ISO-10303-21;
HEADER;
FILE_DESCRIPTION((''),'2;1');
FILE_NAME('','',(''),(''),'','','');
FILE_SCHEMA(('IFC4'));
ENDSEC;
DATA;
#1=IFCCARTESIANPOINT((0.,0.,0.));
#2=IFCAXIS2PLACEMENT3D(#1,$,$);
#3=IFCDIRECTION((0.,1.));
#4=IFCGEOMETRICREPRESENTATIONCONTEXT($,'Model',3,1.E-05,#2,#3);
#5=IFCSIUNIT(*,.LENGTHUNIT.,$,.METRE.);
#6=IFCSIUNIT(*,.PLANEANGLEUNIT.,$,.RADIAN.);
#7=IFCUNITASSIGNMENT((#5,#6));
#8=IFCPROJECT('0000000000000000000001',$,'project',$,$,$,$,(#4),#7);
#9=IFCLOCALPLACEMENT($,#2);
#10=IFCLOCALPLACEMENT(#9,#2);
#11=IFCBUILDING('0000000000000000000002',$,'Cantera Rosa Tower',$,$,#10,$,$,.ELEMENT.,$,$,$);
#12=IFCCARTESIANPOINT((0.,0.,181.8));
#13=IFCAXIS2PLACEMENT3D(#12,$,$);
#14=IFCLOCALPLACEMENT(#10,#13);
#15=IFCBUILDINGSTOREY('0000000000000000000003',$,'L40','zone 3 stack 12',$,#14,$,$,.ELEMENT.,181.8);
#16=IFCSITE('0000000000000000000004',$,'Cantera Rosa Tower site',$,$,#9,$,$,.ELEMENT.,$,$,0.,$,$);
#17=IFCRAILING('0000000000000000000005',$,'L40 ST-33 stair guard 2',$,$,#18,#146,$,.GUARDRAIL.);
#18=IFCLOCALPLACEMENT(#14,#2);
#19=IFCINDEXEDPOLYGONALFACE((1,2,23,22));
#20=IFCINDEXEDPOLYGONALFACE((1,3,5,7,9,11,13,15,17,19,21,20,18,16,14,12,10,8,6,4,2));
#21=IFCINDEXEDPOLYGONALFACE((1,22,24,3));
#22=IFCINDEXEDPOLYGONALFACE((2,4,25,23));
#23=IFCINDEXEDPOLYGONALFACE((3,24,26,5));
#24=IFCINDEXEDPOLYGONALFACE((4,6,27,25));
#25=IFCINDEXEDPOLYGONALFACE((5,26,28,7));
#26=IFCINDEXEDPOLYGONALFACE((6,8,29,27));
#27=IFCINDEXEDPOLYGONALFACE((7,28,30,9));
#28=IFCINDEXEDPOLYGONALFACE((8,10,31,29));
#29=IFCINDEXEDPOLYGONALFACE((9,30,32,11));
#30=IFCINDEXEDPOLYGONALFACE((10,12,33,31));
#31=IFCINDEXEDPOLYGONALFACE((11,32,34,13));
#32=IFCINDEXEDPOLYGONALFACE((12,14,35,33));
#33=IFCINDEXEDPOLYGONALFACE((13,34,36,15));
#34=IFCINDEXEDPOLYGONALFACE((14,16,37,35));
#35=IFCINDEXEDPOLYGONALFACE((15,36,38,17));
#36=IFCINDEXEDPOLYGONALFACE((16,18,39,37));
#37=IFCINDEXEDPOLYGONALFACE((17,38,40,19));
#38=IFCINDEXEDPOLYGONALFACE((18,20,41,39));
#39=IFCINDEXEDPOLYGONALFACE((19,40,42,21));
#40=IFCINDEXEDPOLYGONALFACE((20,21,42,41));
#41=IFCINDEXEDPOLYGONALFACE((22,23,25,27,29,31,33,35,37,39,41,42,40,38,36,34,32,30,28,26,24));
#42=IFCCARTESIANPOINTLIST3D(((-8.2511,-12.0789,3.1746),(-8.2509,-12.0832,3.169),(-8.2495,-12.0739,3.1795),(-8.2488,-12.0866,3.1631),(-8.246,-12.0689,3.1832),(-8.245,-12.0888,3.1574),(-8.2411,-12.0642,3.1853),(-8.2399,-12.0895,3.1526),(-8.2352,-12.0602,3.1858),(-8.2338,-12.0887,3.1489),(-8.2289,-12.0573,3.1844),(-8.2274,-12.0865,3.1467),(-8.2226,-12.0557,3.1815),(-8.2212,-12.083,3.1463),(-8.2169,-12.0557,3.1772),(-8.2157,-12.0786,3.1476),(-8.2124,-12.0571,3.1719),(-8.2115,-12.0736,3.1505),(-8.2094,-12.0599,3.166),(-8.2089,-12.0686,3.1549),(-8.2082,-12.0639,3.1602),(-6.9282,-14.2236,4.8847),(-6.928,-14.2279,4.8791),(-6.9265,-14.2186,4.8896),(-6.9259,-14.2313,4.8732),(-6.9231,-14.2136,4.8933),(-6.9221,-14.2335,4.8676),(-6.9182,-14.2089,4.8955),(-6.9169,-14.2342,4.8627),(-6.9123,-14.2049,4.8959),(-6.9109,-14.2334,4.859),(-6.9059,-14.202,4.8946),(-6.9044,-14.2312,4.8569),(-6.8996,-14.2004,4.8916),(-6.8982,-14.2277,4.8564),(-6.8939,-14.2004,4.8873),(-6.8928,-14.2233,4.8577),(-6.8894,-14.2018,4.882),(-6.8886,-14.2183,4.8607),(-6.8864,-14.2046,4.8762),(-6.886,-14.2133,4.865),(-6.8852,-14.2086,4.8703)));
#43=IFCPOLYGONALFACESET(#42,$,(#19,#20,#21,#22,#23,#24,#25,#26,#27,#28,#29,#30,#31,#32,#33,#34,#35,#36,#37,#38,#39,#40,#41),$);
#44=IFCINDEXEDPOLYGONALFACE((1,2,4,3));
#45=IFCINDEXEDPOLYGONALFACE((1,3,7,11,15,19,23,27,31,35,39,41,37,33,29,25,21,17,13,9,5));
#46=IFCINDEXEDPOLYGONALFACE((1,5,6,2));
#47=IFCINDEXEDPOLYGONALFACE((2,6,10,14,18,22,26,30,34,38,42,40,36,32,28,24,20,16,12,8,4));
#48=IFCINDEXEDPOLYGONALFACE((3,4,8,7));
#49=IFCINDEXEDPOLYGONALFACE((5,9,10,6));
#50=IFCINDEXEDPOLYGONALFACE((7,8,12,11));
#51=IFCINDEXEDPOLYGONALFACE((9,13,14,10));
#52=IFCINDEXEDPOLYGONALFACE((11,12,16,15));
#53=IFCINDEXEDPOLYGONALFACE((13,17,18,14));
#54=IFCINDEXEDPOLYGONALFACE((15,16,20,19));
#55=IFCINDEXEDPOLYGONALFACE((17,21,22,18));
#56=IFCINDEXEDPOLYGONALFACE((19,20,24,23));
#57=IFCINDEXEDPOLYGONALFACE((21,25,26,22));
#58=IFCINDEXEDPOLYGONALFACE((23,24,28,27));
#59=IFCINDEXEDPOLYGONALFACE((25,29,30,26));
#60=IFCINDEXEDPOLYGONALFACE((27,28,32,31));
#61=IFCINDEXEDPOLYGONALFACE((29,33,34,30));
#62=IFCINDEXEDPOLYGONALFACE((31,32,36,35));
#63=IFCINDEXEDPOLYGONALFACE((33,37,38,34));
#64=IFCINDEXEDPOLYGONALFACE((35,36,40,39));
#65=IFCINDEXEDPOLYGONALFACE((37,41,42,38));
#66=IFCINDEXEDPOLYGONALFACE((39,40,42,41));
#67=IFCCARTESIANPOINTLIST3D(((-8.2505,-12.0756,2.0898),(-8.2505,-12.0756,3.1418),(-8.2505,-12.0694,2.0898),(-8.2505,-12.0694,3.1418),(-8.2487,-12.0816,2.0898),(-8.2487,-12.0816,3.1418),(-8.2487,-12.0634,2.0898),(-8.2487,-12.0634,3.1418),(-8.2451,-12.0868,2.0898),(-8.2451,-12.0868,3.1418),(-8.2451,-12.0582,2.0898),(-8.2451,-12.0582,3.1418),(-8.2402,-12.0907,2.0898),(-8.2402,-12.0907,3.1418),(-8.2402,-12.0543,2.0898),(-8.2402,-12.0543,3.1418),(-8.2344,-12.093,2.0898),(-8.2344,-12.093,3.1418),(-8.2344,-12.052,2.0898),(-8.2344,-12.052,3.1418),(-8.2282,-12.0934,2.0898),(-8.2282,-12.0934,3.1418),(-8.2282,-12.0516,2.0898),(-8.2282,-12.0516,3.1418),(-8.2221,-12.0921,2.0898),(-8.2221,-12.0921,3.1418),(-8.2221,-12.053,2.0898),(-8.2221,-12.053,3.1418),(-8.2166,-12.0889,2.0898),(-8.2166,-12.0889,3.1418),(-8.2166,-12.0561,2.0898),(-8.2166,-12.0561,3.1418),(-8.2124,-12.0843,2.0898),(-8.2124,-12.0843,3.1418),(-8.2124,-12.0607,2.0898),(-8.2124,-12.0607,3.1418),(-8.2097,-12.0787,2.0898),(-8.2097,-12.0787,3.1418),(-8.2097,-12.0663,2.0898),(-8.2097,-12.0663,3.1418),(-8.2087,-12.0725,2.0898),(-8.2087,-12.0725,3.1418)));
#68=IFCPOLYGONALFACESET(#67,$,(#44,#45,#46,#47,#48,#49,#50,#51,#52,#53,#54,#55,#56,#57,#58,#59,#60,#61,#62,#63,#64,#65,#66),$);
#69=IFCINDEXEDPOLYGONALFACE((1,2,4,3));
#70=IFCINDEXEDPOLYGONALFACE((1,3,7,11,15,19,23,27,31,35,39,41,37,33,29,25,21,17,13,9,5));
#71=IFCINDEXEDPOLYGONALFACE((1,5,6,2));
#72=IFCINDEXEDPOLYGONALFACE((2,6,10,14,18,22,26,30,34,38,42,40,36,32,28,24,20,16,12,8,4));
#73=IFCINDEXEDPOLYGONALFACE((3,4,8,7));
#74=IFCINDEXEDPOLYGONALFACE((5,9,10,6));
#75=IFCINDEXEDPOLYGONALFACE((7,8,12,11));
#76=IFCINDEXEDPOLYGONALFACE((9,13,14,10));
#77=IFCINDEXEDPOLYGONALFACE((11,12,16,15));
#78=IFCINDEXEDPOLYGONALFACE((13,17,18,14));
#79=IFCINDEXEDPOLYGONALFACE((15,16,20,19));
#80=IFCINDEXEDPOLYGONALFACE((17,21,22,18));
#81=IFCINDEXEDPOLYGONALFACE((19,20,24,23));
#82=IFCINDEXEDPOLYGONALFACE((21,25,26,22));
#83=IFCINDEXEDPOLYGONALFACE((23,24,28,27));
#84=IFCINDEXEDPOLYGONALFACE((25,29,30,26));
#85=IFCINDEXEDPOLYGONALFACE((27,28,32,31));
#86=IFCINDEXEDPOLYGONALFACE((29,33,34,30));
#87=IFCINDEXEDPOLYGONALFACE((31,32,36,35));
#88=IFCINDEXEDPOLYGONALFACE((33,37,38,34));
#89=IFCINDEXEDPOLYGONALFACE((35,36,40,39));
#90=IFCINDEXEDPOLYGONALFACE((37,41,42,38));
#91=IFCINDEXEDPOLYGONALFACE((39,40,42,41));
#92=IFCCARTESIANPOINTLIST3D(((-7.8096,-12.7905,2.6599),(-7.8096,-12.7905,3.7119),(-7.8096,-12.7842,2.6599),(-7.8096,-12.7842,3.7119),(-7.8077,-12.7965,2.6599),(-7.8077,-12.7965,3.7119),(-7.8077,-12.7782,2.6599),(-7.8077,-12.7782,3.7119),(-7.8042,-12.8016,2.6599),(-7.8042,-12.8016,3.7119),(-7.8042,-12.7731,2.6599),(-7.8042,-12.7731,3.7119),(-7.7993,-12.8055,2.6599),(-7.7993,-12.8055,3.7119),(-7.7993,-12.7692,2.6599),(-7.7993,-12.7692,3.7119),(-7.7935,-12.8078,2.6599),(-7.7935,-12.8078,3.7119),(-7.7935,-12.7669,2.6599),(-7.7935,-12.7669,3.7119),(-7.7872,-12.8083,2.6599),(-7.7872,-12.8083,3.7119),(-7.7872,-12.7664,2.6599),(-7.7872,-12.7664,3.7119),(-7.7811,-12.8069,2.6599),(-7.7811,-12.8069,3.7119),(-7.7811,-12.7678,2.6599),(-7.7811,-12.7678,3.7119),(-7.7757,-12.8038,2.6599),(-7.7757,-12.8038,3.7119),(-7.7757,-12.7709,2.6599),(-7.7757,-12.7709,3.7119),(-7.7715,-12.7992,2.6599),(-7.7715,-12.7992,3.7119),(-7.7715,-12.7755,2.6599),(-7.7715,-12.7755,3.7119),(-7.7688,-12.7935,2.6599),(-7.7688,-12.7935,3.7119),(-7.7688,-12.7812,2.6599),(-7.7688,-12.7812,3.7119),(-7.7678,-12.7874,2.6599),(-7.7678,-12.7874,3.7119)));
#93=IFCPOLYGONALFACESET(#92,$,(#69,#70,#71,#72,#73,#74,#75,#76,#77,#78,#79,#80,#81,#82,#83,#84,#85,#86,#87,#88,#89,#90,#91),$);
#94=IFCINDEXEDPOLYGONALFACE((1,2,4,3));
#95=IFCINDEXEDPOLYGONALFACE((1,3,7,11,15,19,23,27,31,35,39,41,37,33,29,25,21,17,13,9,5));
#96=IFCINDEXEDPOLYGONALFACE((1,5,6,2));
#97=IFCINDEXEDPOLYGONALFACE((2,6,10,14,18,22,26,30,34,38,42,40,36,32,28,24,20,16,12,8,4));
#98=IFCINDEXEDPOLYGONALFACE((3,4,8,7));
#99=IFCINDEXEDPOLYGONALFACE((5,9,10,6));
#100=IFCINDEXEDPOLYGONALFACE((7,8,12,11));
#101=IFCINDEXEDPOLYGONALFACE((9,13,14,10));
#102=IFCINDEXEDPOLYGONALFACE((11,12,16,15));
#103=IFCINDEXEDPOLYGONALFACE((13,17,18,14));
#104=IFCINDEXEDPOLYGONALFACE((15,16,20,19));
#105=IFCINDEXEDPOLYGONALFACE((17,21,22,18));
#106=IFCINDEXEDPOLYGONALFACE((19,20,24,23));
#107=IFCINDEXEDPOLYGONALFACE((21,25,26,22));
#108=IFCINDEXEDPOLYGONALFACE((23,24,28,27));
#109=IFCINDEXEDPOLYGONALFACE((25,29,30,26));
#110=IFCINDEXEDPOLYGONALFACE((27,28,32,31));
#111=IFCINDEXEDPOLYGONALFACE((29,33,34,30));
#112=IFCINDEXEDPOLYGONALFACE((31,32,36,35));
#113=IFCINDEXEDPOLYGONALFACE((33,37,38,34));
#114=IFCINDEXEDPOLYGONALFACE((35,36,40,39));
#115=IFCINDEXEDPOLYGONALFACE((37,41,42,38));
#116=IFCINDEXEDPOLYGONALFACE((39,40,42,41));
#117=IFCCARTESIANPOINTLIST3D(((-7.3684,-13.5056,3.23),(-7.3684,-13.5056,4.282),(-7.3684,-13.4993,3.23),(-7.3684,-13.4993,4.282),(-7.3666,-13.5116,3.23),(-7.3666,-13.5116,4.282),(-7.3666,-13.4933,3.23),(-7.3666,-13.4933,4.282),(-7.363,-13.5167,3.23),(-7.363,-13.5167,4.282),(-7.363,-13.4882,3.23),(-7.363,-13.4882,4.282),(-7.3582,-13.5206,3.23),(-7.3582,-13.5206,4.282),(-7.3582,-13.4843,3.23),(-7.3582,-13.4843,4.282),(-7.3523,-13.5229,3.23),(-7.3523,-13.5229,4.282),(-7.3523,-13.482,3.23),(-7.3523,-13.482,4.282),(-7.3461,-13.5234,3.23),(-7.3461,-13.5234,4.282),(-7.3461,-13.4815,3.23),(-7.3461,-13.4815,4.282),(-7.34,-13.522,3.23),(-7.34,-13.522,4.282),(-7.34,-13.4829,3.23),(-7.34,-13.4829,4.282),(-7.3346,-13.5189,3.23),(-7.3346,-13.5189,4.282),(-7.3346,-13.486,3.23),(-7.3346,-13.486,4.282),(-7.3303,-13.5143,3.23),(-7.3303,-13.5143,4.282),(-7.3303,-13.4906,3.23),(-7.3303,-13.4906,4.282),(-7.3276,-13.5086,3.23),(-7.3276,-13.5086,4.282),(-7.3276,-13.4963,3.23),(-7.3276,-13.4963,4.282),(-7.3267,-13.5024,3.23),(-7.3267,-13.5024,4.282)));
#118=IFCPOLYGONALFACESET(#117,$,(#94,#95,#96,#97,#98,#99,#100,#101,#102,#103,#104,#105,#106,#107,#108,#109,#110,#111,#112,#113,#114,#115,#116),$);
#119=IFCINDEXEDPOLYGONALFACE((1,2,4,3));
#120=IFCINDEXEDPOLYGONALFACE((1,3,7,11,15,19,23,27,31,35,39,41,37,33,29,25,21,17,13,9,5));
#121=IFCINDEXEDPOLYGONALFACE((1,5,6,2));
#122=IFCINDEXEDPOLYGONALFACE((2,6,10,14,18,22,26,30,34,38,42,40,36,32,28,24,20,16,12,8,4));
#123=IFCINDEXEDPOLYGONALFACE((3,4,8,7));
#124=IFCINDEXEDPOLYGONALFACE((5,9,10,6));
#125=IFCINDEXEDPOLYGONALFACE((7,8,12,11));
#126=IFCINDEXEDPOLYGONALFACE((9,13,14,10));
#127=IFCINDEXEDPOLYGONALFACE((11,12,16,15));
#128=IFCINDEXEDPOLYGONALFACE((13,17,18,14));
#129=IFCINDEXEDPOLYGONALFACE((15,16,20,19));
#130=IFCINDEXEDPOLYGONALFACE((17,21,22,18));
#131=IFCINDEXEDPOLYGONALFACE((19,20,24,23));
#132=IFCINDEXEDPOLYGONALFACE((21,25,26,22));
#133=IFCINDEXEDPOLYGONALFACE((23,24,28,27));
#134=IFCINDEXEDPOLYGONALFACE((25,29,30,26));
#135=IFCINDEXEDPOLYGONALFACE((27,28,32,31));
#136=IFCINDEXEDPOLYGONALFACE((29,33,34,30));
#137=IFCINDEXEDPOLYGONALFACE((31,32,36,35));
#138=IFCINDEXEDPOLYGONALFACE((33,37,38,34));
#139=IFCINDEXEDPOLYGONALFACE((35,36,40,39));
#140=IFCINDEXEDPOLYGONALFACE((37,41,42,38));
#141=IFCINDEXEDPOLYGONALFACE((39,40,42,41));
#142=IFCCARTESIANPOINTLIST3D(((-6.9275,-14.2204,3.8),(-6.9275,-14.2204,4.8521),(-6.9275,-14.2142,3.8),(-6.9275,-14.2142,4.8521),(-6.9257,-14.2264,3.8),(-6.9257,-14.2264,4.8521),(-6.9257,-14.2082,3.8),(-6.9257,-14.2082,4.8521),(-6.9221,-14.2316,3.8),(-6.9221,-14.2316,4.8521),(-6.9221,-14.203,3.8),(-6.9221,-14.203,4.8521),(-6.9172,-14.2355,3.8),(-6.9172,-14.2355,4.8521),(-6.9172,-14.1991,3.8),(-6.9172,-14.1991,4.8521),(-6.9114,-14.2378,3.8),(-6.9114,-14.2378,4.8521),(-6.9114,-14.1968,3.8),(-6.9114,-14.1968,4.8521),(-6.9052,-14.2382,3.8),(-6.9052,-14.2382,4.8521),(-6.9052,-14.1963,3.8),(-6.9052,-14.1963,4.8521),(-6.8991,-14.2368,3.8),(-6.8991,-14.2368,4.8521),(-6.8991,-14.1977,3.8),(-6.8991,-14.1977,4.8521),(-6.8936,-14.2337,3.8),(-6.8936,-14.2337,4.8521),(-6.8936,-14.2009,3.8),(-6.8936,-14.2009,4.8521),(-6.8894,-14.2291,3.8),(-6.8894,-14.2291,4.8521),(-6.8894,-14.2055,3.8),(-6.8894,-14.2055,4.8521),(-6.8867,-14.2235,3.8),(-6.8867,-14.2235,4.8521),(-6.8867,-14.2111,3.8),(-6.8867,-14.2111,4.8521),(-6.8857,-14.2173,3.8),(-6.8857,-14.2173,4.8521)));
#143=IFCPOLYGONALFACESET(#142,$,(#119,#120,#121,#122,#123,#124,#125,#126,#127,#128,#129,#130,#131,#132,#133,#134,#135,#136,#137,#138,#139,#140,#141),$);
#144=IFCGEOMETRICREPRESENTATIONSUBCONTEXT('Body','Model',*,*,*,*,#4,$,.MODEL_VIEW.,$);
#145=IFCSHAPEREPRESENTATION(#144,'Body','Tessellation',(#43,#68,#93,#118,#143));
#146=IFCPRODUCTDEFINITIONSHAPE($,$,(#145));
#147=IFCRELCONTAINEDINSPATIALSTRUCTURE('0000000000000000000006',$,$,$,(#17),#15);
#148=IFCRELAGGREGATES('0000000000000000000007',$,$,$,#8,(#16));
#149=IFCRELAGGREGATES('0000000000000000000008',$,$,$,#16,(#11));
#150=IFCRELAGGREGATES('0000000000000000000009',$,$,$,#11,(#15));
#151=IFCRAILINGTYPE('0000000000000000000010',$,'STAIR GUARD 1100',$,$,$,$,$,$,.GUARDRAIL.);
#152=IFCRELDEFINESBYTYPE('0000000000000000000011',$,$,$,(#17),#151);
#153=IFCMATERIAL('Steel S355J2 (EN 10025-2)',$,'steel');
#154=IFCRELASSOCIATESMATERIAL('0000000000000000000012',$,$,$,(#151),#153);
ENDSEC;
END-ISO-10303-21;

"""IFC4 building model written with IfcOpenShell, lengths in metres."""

from ifc_helpers import new_model, si_unit, direction, frame, origin, origin_2d, place, context, subcontext, project, spatial, circle, extrude, material, type_object, element, save


model = new_model("IFC4")

# Units and contexts
model_context = context("Model", 3, precision=1e-05, world=origin(), true_north=direction((0.0, 1.0)))
body_context = subcontext(model_context, "Body", "Model", "MODEL_VIEW")
ifc_project = project(units=[si_unit("LENGTHUNIT", "METRE"), si_unit("PLANEANGLEUNIT", "RADIAN")], contexts=[model_context])

# Site, building, storey
site_placement = place(None, origin())
site = spatial("IfcSite", under=ifc_project, at=site_placement, Name="Cantera Rosa Tower site", CompositionType="ELEMENT", RefElevation=0.0)
building_placement = place(site_placement, origin())
building = spatial("IfcBuilding", under=site, at=building_placement, Name="Cantera Rosa Tower", CompositionType="ELEMENT")
storey_placement = place(building_placement, frame((0.0, 0.0, 181.8)))
storey = spatial("IfcBuildingStorey", under=building, at=storey_placement, Name="L40", Description="zone 3 stack 12", CompositionType="ELEMENT", Elevation=181.8)

# Railing
ifc_material_1 = material(Name="Steel S355J2 (EN 10025-2)", Category="steel")
railing_type_1 = type_object("IfcRailingType", Name="STAIR GUARD 1100", PredefinedType="GUARDRAIL", material=ifc_material_1)
railing_1_placement = place(storey_placement, frame((-8.2297, -12.0725, 2.0898)))
element("IfcRailing", 1, at=railing_1_placement, inside=storey, type_object=railing_type_1, Name="L40 ST-33 stair guard 2", PredefinedType="GUARDRAIL", context=body_context, shape_type="SweptSolid", body=[
    extrude(circle(Radius=0.0239, at=origin_2d()), frame((0.0, 0.0, 1.0762), z_axis=(0.434408, -0.70424, 0.561548), x_axis=(0.851102, 0.525, 0.0)), (0.0, 0.0, 1.0), 3.0454),
    extrude(circle(Radius=0.021, at=origin_2d()), origin(), (0.0, 0.0, 1.0), 1.052),
    extrude(circle(Radius=0.021, at=origin_2d()), frame((0.4409, -0.7148, 0.5701)), (0.0, 0.0, 1.0), 1.052),
    extrude(circle(Radius=0.021, at=origin_2d()), frame((0.8821, -1.4299, 1.1401)), (0.0, 0.0, 1.0), 1.052),
    extrude(circle(Radius=0.021, at=origin_2d()), frame((1.323, -2.1448, 1.7102)), (0.0, 0.0, 1.0), 1.052),
])

save(model, "model.ifc")
